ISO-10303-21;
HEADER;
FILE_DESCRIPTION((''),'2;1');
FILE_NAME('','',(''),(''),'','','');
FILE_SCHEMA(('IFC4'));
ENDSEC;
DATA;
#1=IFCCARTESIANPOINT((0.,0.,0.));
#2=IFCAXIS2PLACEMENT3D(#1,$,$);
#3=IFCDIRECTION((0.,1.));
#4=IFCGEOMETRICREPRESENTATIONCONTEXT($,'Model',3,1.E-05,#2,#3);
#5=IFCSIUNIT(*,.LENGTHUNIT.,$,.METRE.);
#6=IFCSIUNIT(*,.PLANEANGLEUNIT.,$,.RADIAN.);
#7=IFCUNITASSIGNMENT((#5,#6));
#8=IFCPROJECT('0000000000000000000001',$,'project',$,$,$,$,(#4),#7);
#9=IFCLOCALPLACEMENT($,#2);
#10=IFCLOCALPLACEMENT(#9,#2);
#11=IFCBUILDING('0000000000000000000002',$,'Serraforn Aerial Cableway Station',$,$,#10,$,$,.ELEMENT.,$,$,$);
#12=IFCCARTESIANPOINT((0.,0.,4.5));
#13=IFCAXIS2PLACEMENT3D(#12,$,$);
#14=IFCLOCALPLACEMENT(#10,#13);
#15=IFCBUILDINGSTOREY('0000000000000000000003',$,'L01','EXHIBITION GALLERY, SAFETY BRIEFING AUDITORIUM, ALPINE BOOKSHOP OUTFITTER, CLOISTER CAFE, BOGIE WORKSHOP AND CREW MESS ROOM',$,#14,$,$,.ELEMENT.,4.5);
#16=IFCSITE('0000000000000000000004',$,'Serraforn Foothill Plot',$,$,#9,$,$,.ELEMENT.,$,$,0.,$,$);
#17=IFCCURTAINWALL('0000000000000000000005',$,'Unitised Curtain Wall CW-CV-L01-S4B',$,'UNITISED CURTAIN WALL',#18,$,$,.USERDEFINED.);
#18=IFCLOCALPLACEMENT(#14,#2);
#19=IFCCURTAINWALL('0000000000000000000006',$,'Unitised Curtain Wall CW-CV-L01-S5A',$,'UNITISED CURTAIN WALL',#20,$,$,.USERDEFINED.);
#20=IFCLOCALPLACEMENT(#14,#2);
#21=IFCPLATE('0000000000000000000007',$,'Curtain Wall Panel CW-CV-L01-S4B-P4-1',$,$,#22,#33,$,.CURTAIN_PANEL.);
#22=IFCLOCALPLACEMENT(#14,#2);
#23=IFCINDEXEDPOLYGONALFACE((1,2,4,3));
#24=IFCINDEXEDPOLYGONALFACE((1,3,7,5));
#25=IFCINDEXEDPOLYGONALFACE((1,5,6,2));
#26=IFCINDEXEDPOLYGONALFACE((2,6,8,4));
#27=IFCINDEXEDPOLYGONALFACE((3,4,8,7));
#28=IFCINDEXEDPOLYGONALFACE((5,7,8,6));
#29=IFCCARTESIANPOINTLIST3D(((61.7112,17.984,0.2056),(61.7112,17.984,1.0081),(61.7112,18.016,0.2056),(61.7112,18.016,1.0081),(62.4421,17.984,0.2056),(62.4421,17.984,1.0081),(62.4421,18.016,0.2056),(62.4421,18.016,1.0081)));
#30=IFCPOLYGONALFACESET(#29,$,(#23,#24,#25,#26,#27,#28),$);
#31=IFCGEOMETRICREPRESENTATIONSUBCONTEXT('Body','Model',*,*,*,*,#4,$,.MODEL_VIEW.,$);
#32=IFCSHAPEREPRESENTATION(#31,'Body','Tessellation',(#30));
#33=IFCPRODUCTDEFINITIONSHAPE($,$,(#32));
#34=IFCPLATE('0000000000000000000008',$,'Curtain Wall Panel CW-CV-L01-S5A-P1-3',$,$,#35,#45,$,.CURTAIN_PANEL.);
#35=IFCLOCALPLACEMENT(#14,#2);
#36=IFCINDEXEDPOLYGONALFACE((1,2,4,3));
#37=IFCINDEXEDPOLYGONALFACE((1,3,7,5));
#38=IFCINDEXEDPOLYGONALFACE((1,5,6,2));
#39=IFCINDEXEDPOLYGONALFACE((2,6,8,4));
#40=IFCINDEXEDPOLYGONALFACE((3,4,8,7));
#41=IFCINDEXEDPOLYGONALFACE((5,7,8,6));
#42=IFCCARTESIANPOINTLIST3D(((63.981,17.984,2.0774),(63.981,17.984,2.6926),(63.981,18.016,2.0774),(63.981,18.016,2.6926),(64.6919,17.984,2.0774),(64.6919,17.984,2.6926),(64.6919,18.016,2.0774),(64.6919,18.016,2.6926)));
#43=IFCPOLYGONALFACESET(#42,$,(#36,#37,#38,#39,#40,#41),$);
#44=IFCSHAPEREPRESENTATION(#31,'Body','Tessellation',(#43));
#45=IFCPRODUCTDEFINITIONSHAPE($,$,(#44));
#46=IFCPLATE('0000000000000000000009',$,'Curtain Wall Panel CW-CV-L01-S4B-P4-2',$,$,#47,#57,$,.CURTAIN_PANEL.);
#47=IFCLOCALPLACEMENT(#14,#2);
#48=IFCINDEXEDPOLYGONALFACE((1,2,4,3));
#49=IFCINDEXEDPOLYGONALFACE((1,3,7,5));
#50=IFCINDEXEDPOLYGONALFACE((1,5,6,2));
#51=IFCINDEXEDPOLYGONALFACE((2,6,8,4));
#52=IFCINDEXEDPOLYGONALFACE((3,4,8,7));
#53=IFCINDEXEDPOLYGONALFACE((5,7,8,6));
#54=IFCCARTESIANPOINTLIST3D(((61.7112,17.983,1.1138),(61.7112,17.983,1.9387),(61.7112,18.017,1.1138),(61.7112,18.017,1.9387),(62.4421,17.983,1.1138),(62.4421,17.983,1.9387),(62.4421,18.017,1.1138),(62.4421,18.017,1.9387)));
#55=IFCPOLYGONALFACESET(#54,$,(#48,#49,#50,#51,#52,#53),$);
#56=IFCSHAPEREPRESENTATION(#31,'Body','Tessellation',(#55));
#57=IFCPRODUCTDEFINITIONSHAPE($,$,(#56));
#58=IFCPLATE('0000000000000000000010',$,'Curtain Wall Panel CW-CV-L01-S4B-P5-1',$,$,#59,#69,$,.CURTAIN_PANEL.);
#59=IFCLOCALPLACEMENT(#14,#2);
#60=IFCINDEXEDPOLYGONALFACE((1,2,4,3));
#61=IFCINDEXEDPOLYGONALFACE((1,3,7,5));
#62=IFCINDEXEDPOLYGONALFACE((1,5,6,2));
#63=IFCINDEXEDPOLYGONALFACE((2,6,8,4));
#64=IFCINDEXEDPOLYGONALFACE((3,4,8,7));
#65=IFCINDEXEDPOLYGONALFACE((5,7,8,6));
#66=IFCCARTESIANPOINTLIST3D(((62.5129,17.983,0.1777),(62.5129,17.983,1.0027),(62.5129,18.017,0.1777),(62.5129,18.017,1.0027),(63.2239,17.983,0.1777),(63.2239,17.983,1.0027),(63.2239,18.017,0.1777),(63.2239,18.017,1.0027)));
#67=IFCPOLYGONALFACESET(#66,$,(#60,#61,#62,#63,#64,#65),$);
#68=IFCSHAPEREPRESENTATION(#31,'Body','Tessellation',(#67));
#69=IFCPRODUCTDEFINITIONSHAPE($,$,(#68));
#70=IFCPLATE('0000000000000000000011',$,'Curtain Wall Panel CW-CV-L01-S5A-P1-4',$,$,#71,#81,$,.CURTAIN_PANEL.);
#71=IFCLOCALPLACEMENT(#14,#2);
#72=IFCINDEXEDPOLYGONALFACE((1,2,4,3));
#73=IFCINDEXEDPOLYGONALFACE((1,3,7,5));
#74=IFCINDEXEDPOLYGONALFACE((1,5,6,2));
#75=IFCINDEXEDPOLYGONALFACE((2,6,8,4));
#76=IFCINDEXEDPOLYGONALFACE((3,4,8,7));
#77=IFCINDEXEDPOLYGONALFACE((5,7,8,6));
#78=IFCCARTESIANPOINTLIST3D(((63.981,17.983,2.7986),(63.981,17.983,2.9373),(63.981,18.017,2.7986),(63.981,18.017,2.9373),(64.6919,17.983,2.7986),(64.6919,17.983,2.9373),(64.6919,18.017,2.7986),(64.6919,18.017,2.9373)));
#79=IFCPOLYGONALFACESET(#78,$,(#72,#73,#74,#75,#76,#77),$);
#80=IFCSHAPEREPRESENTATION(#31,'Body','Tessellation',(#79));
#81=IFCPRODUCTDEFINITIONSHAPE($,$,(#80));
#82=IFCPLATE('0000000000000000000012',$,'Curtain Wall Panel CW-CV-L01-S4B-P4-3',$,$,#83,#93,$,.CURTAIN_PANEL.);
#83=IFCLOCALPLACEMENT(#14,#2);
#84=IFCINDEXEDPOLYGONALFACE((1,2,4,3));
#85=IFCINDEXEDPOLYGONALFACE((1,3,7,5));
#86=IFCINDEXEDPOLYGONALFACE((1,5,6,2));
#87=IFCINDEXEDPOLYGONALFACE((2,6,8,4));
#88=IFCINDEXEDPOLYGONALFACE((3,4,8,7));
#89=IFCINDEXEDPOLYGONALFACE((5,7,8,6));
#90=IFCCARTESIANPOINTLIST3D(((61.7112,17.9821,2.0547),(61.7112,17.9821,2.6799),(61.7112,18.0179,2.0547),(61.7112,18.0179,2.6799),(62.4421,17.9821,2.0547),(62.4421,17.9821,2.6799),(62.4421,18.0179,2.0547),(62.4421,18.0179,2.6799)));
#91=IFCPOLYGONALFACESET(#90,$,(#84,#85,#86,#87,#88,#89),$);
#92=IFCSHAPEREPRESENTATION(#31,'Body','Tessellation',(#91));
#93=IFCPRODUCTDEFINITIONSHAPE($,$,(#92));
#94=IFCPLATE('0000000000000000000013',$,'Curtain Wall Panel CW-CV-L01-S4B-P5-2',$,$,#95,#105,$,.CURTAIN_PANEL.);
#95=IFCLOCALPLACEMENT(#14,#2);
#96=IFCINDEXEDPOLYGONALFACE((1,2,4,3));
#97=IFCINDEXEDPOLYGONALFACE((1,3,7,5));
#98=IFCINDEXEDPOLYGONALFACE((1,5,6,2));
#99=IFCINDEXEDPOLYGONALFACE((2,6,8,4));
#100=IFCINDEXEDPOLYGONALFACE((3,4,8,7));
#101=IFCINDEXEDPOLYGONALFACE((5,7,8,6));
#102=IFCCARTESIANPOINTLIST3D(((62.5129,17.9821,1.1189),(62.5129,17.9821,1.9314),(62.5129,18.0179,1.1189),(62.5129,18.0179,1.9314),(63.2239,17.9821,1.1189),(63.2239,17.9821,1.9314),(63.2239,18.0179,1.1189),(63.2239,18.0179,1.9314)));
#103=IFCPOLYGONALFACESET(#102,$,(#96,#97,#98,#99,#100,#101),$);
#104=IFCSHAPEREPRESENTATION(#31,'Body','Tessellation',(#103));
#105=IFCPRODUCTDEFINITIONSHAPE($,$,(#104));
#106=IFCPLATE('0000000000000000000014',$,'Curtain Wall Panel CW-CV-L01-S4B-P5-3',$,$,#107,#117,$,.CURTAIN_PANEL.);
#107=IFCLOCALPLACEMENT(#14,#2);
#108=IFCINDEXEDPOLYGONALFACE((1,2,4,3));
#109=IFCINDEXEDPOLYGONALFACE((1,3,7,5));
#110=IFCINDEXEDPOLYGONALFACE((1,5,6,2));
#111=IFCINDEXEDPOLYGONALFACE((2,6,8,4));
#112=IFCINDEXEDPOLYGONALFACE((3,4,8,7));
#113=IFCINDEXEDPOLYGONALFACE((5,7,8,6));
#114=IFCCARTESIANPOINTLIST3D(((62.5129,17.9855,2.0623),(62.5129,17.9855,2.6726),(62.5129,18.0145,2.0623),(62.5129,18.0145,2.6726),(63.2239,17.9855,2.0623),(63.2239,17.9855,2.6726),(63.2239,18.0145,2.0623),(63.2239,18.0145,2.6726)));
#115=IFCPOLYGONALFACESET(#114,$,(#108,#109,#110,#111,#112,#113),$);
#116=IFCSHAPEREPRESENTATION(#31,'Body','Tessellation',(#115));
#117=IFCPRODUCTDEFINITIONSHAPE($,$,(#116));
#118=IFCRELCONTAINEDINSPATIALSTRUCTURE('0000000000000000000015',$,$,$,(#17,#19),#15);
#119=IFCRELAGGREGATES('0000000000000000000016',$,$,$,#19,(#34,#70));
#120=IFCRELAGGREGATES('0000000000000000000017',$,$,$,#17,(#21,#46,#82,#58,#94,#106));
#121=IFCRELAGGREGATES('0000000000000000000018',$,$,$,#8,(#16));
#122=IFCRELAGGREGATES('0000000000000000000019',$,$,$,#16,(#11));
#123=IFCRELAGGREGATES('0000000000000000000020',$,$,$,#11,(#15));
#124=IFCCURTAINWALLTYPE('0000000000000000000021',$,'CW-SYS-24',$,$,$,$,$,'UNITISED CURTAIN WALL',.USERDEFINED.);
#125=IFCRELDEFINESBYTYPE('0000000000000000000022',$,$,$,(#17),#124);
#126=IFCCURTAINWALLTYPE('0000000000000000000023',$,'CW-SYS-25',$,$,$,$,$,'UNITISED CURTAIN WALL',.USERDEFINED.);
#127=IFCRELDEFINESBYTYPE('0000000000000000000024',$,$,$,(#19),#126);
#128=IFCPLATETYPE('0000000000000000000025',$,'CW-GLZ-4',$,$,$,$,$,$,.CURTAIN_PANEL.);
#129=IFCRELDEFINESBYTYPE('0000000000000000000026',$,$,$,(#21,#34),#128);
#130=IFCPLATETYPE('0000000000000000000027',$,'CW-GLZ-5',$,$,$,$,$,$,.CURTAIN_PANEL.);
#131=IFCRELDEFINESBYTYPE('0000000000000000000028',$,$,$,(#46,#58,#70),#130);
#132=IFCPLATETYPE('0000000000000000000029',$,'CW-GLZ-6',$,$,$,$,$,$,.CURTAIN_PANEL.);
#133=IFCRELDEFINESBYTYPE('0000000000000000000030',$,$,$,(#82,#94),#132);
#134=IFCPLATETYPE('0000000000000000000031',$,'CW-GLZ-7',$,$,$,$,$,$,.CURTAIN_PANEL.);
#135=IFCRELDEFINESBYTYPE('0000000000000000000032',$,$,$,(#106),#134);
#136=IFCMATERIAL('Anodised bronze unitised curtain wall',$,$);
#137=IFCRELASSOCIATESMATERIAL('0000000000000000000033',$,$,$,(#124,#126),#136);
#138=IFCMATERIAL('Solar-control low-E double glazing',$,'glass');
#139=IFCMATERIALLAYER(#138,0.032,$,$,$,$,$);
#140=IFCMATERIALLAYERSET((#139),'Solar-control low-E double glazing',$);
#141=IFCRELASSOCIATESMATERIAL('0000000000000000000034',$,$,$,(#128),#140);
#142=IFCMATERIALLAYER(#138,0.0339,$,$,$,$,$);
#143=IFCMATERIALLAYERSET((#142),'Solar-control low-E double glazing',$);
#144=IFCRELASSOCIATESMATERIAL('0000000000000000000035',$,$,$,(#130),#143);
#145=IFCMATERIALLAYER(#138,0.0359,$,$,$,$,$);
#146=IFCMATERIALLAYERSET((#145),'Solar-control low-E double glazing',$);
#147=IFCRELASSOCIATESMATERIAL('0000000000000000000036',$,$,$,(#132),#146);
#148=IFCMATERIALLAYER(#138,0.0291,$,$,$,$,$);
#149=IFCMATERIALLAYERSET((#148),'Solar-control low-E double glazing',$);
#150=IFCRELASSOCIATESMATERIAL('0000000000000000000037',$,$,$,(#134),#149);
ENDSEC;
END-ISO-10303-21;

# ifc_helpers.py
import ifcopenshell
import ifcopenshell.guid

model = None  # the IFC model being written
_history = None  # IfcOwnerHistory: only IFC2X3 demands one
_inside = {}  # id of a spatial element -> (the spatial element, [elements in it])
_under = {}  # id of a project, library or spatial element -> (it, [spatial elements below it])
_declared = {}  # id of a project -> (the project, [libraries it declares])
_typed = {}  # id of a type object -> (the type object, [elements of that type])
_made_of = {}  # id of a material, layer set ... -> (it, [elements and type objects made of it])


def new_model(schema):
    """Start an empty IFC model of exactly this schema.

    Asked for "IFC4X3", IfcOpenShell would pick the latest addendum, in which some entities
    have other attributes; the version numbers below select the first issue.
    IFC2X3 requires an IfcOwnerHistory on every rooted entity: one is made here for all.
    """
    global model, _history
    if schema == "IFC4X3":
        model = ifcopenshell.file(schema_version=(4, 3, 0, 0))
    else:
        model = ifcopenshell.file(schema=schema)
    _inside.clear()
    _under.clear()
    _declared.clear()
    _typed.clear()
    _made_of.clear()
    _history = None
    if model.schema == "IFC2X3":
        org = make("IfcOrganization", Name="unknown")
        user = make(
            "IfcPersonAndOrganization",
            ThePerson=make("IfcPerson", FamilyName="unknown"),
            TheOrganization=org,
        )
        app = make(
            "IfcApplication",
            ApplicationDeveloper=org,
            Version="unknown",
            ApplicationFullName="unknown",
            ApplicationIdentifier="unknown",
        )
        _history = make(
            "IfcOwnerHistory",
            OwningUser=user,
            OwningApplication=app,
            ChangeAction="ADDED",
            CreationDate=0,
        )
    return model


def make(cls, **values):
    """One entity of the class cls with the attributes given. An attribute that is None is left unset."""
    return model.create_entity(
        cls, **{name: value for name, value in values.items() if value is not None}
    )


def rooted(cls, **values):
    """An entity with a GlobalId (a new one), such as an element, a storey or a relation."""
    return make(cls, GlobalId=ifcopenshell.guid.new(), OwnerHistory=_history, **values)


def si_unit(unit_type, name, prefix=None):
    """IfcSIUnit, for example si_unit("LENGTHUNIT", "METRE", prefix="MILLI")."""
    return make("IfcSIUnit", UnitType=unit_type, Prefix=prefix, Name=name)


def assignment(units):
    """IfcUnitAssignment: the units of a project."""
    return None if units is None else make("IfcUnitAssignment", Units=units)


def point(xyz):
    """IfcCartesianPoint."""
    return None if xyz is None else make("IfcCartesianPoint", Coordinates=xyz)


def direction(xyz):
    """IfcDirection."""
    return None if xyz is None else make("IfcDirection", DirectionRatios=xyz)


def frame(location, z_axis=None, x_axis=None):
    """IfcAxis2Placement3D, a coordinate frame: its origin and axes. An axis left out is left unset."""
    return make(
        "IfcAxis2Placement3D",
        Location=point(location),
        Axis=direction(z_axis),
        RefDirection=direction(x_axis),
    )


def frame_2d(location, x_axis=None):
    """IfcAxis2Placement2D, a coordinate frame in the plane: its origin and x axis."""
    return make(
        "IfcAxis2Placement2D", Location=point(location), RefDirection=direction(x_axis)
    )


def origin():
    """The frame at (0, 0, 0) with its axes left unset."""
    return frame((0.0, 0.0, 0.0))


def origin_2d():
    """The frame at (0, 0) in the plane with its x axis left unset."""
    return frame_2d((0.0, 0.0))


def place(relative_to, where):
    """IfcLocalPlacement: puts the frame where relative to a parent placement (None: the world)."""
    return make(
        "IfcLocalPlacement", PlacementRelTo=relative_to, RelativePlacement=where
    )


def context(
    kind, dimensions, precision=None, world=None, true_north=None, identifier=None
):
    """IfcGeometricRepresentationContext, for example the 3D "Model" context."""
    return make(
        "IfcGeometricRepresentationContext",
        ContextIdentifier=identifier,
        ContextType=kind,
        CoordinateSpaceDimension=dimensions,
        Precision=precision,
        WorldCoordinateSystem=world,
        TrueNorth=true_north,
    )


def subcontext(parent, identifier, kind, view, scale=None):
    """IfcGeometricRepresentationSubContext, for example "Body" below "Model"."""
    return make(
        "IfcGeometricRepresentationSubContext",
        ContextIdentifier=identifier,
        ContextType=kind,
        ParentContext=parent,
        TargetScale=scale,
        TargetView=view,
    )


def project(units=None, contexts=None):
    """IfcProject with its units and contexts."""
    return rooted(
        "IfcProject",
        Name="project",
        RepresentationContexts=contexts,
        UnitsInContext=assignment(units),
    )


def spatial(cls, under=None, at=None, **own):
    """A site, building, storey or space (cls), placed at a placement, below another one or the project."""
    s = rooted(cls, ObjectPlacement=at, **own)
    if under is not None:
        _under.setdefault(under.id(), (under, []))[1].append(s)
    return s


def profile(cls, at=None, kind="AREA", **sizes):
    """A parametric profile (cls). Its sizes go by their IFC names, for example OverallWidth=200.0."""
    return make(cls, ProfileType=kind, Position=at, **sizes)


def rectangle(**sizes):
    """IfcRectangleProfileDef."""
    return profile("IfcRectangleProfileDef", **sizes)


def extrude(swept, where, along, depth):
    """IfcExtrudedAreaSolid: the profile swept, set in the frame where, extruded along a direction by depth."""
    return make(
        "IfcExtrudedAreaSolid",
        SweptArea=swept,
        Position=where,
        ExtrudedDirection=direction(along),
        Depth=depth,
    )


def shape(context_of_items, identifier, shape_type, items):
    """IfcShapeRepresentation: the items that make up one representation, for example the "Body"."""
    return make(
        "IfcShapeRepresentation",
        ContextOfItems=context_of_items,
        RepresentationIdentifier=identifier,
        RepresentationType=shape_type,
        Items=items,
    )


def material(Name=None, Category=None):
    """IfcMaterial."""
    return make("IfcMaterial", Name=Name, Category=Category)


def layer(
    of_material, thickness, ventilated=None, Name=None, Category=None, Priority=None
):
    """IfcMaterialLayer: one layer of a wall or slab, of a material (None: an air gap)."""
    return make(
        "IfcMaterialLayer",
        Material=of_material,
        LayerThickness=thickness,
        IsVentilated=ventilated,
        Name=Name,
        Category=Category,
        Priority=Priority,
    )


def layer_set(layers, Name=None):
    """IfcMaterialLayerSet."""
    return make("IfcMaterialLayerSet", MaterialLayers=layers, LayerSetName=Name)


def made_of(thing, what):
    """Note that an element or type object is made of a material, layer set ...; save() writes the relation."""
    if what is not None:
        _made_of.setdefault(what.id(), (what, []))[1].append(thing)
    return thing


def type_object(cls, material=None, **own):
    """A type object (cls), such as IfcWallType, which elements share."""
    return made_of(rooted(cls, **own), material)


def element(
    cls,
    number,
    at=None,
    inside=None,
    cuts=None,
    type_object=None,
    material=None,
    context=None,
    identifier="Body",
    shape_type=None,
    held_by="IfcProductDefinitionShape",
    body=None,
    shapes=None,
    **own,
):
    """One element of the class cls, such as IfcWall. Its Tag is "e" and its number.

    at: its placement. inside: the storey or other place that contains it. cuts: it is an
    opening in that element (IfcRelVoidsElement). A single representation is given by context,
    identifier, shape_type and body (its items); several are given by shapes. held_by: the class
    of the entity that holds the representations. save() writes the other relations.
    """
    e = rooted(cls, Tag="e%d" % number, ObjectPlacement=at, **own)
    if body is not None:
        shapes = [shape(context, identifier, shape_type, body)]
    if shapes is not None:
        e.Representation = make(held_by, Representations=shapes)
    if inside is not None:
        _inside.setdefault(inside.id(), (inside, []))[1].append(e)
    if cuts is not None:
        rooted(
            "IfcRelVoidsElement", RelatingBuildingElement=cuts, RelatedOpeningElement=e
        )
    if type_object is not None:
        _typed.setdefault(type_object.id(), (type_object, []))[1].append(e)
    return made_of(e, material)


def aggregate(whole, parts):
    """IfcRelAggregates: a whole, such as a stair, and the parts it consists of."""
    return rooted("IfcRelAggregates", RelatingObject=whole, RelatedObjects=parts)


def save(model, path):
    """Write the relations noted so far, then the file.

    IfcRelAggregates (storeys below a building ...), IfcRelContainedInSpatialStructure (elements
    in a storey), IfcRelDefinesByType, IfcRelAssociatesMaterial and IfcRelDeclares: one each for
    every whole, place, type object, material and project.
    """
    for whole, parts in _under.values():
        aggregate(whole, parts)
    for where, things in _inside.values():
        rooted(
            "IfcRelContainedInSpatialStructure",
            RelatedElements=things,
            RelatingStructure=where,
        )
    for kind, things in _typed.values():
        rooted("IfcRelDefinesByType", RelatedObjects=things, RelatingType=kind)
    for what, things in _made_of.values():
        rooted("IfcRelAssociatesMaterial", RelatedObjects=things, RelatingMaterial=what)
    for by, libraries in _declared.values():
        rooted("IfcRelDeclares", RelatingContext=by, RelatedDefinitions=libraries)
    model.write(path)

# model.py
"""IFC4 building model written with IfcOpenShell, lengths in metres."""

from ifc_helpers import new_model, si_unit, direction, frame, origin, origin_2d, place, context, subcontext, project, spatial, rectangle, extrude, material, layer, layer_set, type_object, element, aggregate, save


model = new_model("IFC4")

# Units and contexts
model_context = context("Model", 3, precision=1e-05, world=origin(), true_north=direction((0.0, 1.0)))
body_context = subcontext(model_context, "Body", "Model", "MODEL_VIEW")
ifc_project = project(units=[si_unit("LENGTHUNIT", "METRE"), si_unit("PLANEANGLEUNIT", "RADIAN")], contexts=[model_context])

# Site, building, storey
site_placement = place(None, origin())
site = spatial("IfcSite", under=ifc_project, at=site_placement, Name="Serraforn Foothill Plot", CompositionType="ELEMENT", RefElevation=0.0)
building_placement = place(site_placement, origin())
building = spatial("IfcBuilding", under=site, at=building_placement, Name="Serraforn Aerial Cableway Station", CompositionType="ELEMENT")
storey_placement = place(building_placement, frame((0.0, 0.0, 4.5)))
storey = spatial("IfcBuildingStorey", under=building, at=storey_placement, Name="L01", Description="EXHIBITION GALLERY, SAFETY BRIEFING AUDITORIUM, ALPINE BOOKSHOP OUTFITTER, CLOISTER CAFE, BOGIE WORKSHOP AND CREW MESS ROOM", CompositionType="ELEMENT", Elevation=4.5)

# Curtain wall
ifc_material_1 = material(Name="Anodised bronze unitised curtain wall")
curtain_wall_type_1 = type_object("IfcCurtainWallType", Name="CW-SYS-24", ElementType="UNITISED CURTAIN WALL", PredefinedType="USERDEFINED", material=ifc_material_1)
curtain_wall_1_placement = place(storey_placement, origin())
curtain_wall_1 = element("IfcCurtainWall", 1, at=curtain_wall_1_placement, inside=storey, type_object=curtain_wall_type_1, Name="Unitised Curtain Wall CW-CV-L01-S4B", ObjectType="UNITISED CURTAIN WALL", PredefinedType="USERDEFINED")

# Curtain wall
curtain_wall_type_2 = type_object("IfcCurtainWallType", Name="CW-SYS-25", ElementType="UNITISED CURTAIN WALL", PredefinedType="USERDEFINED", material=ifc_material_1)
curtain_wall_2_placement = place(storey_placement, origin())
curtain_wall_2 = element("IfcCurtainWall", 2, at=curtain_wall_2_placement, inside=storey, type_object=curtain_wall_type_2, Name="Unitised Curtain Wall CW-CV-L01-S5A", ObjectType="UNITISED CURTAIN WALL", PredefinedType="USERDEFINED")

# Plates
ifc_material_2 = material(Name="Solar-control low-E double glazing", Category="glass")
ifc_layer_1 = layer(ifc_material_2, 0.032)
ifc_layer_set_1 = layer_set([ifc_layer_1], Name="Solar-control low-E double glazing")
plate_type_1 = type_object("IfcPlateType", Name="CW-GLZ-4", PredefinedType="CURTAIN_PANEL", material=ifc_layer_set_1)
plate_1_placement = place(storey_placement, frame((62.0767, 18.0, 0.2056), z_axis=(0.0, 0.0, 1.0), x_axis=(1.0, 0.0, 0.0)))
plate_1 = element("IfcPlate", 3, at=plate_1_placement, type_object=plate_type_1, Name="Curtain Wall Panel CW-CV-L01-S4B-P4-1", PredefinedType="CURTAIN_PANEL", context=body_context, shape_type="SweptSolid", body=[
    extrude(rectangle(XDim=0.731, YDim=0.032, at=origin_2d()), origin(), (0.0, 0.0, 1.0), 0.8025),
])
plate_2_placement = place(storey_placement, frame((64.3364, 18.0, 2.0774), z_axis=(0.0, 0.0, 1.0), x_axis=(1.0, 0.0, 0.0)))
plate_2 = element("IfcPlate", 4, at=plate_2_placement, type_object=plate_type_1, Name="Curtain Wall Panel CW-CV-L01-S5A-P1-3", PredefinedType="CURTAIN_PANEL", context=body_context, shape_type="SweptSolid", body=[
    extrude(rectangle(XDim=0.7109, YDim=0.032, at=origin_2d()), origin(), (0.0, 0.0, 1.0), 0.6152),
])
ifc_layer_2 = layer(ifc_material_2, 0.0339)
ifc_layer_set_2 = layer_set([ifc_layer_2], Name="Solar-control low-E double glazing")
plate_type_2 = type_object("IfcPlateType", Name="CW-GLZ-5", PredefinedType="CURTAIN_PANEL", material=ifc_layer_set_2)
plate_3_placement = place(storey_placement, frame((62.0767, 18.0, 1.1138), z_axis=(0.0, 0.0, 1.0), x_axis=(1.0, 0.0, 0.0)))
plate_3 = element("IfcPlate", 5, at=plate_3_placement, type_object=plate_type_2, Name="Curtain Wall Panel CW-CV-L01-S4B-P4-2", PredefinedType="CURTAIN_PANEL", context=body_context, shape_type="SweptSolid", body=[
    extrude(rectangle(XDim=0.731, YDim=0.0339, at=origin_2d()), origin(), (0.0, 0.0, 1.0), 0.825),
])
plate_4_placement = place(storey_placement, frame((62.8684, 18.0, 0.1777), z_axis=(0.0, 0.0, 1.0), x_axis=(1.0, 0.0, 0.0)))
plate_4 = element("IfcPlate", 6, at=plate_4_placement, type_object=plate_type_2, Name="Curtain Wall Panel CW-CV-L01-S4B-P5-1", PredefinedType="CURTAIN_PANEL", context=body_context, shape_type="SweptSolid", body=[
    extrude(rectangle(XDim=0.7109, YDim=0.0339, at=origin_2d()), origin(), (0.0, 0.0, 1.0), 0.825),
])
plate_5_placement = place(storey_placement, frame((64.3364, 18.0, 2.7986), z_axis=(0.0, 0.0, 1.0), x_axis=(1.0, 0.0, 0.0)))
plate_5 = element("IfcPlate", 7, at=plate_5_placement, type_object=plate_type_2, Name="Curtain Wall Panel CW-CV-L01-S5A-P1-4", PredefinedType="CURTAIN_PANEL", context=body_context, shape_type="SweptSolid", body=[
    extrude(rectangle(XDim=0.7109, YDim=0.0339, at=origin_2d()), origin(), (0.0, 0.0, 1.0), 0.1387),
])
aggregate(curtain_wall_2, [plate_2, plate_5])
ifc_layer_3 = layer(ifc_material_2, 0.0359)
ifc_layer_set_3 = layer_set([ifc_layer_3], Name="Solar-control low-E double glazing")
plate_type_3 = type_object("IfcPlateType", Name="CW-GLZ-6", PredefinedType="CURTAIN_PANEL", material=ifc_layer_set_3)
plate_6_placement = place(storey_placement, frame((62.0767, 18.0, 2.0547), z_axis=(0.0, 0.0, 1.0), x_axis=(1.0, 0.0, 0.0)))
plate_6 = element("IfcPlate", 8, at=plate_6_placement, type_object=plate_type_3, Name="Curtain Wall Panel CW-CV-L01-S4B-P4-3", PredefinedType="CURTAIN_PANEL", context=body_context, shape_type="SweptSolid", body=[
    extrude(rectangle(XDim=0.731, YDim=0.0359, at=origin_2d()), origin(), (0.0, 0.0, 1.0), 0.6252),
])
plate_7_placement = place(storey_placement, frame((62.8684, 18.0, 1.1189), z_axis=(0.0, 0.0, 1.0), x_axis=(1.0, 0.0, 0.0)))
plate_7 = element("IfcPlate", 9, at=plate_7_placement, type_object=plate_type_3, Name="Curtain Wall Panel CW-CV-L01-S4B-P5-2", PredefinedType="CURTAIN_PANEL", context=body_context, shape_type="SweptSolid", body=[
    extrude(rectangle(XDim=0.7109, YDim=0.0359, at=origin_2d()), origin(), (0.0, 0.0, 1.0), 0.8125),
])
ifc_layer_4 = layer(ifc_material_2, 0.0291)
ifc_layer_set_4 = layer_set([ifc_layer_4], Name="Solar-control low-E double glazing")
plate_type_4 = type_object("IfcPlateType", Name="CW-GLZ-7", PredefinedType="CURTAIN_PANEL", material=ifc_layer_set_4)
plate_8_placement = place(storey_placement, frame((62.8684, 18.0, 2.0623), z_axis=(0.0, 0.0, 1.0), x_axis=(1.0, 0.0, 0.0)))
plate_8 = element("IfcPlate", 10, at=plate_8_placement, type_object=plate_type_4, Name="Curtain Wall Panel CW-CV-L01-S4B-P5-3", PredefinedType="CURTAIN_PANEL", context=body_context, shape_type="SweptSolid", body=[
    extrude(rectangle(XDim=0.7109, YDim=0.0291, at=origin_2d()), origin(), (0.0, 0.0, 1.0), 0.6104),
])
aggregate(curtain_wall_1, [plate_1, plate_3, plate_6, plate_4, plate_7, plate_8])

save(model, "model.ifc")
